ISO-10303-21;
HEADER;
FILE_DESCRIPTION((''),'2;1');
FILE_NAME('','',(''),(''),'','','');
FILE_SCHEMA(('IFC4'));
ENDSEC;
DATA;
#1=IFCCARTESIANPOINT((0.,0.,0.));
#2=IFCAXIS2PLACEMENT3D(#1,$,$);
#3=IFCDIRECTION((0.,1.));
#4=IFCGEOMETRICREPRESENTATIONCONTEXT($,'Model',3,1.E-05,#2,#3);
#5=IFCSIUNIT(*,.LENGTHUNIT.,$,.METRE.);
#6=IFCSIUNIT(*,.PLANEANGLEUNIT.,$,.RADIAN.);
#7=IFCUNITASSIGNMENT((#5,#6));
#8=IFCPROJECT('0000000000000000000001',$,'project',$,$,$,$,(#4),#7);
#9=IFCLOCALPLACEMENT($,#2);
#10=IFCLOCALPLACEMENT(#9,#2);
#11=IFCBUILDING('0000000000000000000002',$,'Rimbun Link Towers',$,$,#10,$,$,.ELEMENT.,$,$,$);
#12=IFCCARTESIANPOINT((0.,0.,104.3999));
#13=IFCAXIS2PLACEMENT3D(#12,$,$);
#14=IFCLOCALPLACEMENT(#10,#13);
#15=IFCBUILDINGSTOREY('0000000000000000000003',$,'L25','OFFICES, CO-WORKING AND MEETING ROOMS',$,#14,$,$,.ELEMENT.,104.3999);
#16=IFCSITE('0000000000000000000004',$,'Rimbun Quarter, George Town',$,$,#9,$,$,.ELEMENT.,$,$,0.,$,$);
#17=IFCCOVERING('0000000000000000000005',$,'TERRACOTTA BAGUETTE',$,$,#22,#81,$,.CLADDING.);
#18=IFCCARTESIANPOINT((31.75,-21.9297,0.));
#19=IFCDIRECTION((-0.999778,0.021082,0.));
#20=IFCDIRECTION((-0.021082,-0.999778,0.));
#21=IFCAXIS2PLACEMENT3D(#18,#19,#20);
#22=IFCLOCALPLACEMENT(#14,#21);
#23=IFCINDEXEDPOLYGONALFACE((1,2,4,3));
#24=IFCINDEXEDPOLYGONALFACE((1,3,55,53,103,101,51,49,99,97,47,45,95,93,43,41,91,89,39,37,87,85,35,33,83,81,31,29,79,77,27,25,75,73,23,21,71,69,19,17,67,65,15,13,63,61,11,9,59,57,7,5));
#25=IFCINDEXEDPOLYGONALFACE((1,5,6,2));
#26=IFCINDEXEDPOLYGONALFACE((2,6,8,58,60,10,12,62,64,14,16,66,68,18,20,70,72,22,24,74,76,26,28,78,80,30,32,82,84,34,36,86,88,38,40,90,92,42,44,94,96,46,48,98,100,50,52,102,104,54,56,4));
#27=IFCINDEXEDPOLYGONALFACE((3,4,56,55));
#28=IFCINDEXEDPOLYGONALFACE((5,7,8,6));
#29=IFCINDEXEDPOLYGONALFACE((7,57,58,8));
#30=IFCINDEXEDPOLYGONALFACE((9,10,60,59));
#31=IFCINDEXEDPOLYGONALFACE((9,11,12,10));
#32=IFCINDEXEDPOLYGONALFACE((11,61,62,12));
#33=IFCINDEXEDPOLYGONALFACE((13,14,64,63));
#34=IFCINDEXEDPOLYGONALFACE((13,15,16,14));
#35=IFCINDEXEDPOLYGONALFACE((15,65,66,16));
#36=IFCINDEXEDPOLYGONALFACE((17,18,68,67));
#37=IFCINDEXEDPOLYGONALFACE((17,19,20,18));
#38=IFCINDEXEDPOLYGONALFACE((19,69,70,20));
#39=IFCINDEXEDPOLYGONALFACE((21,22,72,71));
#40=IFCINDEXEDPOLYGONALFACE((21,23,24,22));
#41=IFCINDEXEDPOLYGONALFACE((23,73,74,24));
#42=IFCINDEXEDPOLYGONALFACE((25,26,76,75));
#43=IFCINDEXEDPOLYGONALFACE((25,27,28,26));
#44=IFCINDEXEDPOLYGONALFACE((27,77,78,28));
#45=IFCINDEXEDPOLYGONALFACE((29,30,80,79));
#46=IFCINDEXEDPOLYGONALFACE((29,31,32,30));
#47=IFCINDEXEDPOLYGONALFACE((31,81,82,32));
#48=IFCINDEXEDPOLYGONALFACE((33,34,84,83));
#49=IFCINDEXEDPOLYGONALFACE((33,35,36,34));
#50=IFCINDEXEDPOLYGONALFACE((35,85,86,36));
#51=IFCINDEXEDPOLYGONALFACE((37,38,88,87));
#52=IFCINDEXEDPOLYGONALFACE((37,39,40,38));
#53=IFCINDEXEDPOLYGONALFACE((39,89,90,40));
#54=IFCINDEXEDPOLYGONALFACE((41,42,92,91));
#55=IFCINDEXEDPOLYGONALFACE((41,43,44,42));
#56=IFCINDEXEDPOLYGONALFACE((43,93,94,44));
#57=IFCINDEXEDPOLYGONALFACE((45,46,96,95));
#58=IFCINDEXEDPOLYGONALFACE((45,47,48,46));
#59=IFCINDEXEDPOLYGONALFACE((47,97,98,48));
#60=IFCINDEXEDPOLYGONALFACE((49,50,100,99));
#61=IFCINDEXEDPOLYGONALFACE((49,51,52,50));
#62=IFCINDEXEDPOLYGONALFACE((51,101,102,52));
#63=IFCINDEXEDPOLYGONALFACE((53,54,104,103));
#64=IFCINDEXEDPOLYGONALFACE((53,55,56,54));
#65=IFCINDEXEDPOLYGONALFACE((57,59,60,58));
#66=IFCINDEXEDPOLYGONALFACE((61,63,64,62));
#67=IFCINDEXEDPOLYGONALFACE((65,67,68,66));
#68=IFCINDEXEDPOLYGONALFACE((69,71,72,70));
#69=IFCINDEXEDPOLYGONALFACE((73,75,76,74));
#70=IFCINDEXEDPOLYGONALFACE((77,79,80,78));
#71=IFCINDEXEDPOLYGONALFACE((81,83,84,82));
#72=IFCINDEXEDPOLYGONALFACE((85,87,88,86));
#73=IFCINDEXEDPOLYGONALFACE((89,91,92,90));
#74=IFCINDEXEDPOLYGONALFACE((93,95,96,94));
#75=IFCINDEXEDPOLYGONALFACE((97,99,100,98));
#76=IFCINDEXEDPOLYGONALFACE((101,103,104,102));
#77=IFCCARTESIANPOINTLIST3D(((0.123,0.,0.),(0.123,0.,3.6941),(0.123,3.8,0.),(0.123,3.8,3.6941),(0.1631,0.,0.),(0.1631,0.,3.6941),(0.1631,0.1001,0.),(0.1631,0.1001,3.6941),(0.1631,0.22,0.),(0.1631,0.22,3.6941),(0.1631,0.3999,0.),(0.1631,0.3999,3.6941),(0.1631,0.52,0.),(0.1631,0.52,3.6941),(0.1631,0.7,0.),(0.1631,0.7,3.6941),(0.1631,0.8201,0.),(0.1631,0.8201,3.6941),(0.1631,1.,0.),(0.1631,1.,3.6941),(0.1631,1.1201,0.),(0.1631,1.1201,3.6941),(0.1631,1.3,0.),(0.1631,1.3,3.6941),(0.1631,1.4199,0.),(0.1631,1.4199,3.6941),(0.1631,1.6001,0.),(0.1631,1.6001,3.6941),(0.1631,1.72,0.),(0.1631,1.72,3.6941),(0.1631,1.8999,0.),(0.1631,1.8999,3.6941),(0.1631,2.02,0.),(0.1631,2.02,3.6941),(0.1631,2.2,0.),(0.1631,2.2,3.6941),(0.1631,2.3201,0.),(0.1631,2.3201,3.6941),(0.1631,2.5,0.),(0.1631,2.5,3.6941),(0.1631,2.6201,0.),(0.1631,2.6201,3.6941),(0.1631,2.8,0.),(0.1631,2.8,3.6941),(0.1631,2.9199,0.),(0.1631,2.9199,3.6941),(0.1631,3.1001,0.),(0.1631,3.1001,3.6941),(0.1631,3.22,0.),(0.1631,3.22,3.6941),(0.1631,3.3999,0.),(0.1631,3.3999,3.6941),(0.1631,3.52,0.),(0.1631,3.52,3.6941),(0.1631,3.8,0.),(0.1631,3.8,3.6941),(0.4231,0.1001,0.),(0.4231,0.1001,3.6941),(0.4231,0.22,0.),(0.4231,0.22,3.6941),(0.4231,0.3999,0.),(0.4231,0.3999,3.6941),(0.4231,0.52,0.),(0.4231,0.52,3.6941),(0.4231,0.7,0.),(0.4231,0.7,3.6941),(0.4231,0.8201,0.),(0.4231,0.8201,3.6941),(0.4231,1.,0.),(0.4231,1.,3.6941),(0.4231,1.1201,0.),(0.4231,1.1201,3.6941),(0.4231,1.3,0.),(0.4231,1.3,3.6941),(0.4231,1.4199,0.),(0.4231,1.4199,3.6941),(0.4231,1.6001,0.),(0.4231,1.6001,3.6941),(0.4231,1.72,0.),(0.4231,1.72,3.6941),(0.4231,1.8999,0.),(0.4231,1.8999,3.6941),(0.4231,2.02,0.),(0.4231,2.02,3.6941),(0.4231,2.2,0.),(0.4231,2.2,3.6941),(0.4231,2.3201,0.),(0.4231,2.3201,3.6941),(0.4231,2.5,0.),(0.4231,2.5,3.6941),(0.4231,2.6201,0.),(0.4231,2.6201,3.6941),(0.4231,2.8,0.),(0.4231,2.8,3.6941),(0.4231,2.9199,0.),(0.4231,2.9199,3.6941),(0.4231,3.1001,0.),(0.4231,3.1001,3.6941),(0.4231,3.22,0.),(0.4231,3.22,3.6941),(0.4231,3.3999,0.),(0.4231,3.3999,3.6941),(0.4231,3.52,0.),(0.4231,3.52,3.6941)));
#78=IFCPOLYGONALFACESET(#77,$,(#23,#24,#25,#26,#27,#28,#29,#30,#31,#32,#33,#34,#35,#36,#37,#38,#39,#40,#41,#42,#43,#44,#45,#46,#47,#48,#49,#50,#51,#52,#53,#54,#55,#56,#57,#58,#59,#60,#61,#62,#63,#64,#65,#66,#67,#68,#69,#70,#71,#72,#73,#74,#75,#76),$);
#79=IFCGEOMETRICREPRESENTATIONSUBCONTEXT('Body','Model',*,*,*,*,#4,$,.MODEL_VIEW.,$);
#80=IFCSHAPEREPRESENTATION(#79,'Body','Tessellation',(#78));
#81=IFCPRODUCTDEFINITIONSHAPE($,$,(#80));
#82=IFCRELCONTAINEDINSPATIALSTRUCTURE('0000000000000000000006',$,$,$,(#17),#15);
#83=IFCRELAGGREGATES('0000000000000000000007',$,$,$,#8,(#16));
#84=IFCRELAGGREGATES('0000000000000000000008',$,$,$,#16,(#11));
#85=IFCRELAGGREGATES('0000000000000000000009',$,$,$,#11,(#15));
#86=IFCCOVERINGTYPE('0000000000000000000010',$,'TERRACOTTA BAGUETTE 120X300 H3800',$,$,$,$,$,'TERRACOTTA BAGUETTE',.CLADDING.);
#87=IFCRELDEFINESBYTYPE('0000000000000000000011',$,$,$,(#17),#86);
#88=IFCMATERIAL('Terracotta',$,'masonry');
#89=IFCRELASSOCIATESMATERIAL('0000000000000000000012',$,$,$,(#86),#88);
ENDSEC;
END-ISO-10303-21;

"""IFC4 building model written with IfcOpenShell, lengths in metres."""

from ifc_helpers import new_model, si_unit, direction, frame, origin, place, context, subcontext, project, spatial, polyline, outline, extrude, material, material_profile, profile_set, type_object, element, save


model = new_model("IFC4")

# Units and contexts
model_context = context("Model", 3, precision=1e-05, world=origin(), true_north=direction((0.0, 1.0)))
body_context = subcontext(model_context, "Body", "Model", "MODEL_VIEW")
ifc_project = project(units=[si_unit("LENGTHUNIT", "METRE"), si_unit("PLANEANGLEUNIT", "RADIAN")], contexts=[model_context])

# Site, building, storey
site_placement = place(None, origin())
site = spatial("IfcSite", under=ifc_project, at=site_placement, Name="Rimbun Quarter, George Town", CompositionType="ELEMENT", RefElevation=0.0)
building_placement = place(site_placement, origin())
building = spatial("IfcBuilding", under=site, at=building_placement, Name="Rimbun Link Towers", CompositionType="ELEMENT")
storey_placement = place(building_placement, frame((0.0, 0.0, 104.3999)))
storey = spatial("IfcBuildingStorey", under=building, at=storey_placement, Name="L25", Description="OFFICES, CO-WORKING AND MEETING ROOMS", CompositionType="ELEMENT", Elevation=104.3999)

# Covering
ifc_material_1 = material(Name="Terracotta", Category="masonry")
ifc_material_profile_1 = material_profile(ifc_material_1, outline(polyline([(0.123, 0.0), (0.1631, 0.0), (0.1631, 0.1001), (0.4231, 0.1001), (0.4231, 0.22), (0.1631, 0.22), (0.1631, 0.3999), (0.4231, 0.3999), (0.4231, 0.52), (0.1631, 0.52), (0.1631, 0.7), (0.4231, 0.7), (0.4231, 0.8201), (0.1631, 0.8201), (0.1631, 1.0), (0.4231, 1.0), (0.4231, 1.1201), (0.1631, 1.1201), (0.1631, 1.3), (0.4231, 1.3), (0.4231, 1.4199), (0.1631, 1.4199), (0.1631, 1.6001), (0.4231, 1.6001), (0.4231, 1.72), (0.1631, 1.72), (0.1631, 1.8999), (0.4231, 1.8999), (0.4231, 2.02), (0.1631, 2.02), (0.1631, 2.2), (0.4231, 2.2), (0.4231, 2.3201), (0.1631, 2.3201), (0.1631, 2.5), (0.4231, 2.5), (0.4231, 2.6201), (0.1631, 2.6201), (0.1631, 2.8), (0.4231, 2.8), (0.4231, 2.9199), (0.1631, 2.9199), (0.1631, 3.1001), (0.4231, 3.1001), (0.4231, 3.22), (0.1631, 3.22), (0.1631, 3.3999), (0.4231, 3.3999), (0.4231, 3.52), (0.1631, 3.52), (0.1631, 3.8), (0.123, 3.8), (0.123, 0.0)])), Name="BAGUETTE 120X300")
ifc_profile_set_1 = profile_set([ifc_material_profile_1], Name="Terracotta")
covering_type = type_object("IfcCoveringType", Name="TERRACOTTA BAGUETTE 120X300 H3800", ElementType="TERRACOTTA BAGUETTE", PredefinedType="CLADDING", material=ifc_profile_set_1)
covering_placement = place(storey_placement, frame((31.75, -21.9297, 0.0), z_axis=(-0.999778, 0.021082, 0.0), x_axis=(-0.021082, -0.999778, 0.0)))
element("IfcCovering", 1, at=covering_placement, inside=storey, type_object=covering_type, Name="TERRACOTTA BAGUETTE", PredefinedType="CLADDING", context=body_context, shape_type="SweptSolid", body=[
    extrude(outline(polyline([(0.123, 0.0), (0.1631, 0.0), (0.1631, 0.1001), (0.4231, 0.1001), (0.4231, 0.22), (0.1631, 0.22), (0.1631, 0.3999), (0.4231, 0.3999), (0.4231, 0.52), (0.1631, 0.52), (0.1631, 0.7), (0.4231, 0.7), (0.4231, 0.8201), (0.1631, 0.8201), (0.1631, 1.0), (0.4231, 1.0), (0.4231, 1.1201), (0.1631, 1.1201), (0.1631, 1.3), (0.4231, 1.3), (0.4231, 1.4199), (0.1631, 1.4199), (0.1631, 1.6001), (0.4231, 1.6001), (0.4231, 1.72), (0.1631, 1.72), (0.1631, 1.8999), (0.4231, 1.8999), (0.4231, 2.02), (0.1631, 2.02), (0.1631, 2.2), (0.4231, 2.2), (0.4231, 2.3201), (0.1631, 2.3201), (0.1631, 2.5), (0.4231, 2.5), (0.4231, 2.6201), (0.1631, 2.6201), (0.1631, 2.8), (0.4231, 2.8), (0.4231, 2.9199), (0.1631, 2.9199), (0.1631, 3.1001), (0.4231, 3.1001), (0.4231, 3.22), (0.1631, 3.22), (0.1631, 3.3999), (0.4231, 3.3999), (0.4231, 3.52), (0.1631, 3.52), (0.1631, 3.8), (0.123, 3.8), (0.123, 0.0)])), origin(), (0.0, 0.0, 1.0), 3.6941),
])

save(model, "model.ifc")
